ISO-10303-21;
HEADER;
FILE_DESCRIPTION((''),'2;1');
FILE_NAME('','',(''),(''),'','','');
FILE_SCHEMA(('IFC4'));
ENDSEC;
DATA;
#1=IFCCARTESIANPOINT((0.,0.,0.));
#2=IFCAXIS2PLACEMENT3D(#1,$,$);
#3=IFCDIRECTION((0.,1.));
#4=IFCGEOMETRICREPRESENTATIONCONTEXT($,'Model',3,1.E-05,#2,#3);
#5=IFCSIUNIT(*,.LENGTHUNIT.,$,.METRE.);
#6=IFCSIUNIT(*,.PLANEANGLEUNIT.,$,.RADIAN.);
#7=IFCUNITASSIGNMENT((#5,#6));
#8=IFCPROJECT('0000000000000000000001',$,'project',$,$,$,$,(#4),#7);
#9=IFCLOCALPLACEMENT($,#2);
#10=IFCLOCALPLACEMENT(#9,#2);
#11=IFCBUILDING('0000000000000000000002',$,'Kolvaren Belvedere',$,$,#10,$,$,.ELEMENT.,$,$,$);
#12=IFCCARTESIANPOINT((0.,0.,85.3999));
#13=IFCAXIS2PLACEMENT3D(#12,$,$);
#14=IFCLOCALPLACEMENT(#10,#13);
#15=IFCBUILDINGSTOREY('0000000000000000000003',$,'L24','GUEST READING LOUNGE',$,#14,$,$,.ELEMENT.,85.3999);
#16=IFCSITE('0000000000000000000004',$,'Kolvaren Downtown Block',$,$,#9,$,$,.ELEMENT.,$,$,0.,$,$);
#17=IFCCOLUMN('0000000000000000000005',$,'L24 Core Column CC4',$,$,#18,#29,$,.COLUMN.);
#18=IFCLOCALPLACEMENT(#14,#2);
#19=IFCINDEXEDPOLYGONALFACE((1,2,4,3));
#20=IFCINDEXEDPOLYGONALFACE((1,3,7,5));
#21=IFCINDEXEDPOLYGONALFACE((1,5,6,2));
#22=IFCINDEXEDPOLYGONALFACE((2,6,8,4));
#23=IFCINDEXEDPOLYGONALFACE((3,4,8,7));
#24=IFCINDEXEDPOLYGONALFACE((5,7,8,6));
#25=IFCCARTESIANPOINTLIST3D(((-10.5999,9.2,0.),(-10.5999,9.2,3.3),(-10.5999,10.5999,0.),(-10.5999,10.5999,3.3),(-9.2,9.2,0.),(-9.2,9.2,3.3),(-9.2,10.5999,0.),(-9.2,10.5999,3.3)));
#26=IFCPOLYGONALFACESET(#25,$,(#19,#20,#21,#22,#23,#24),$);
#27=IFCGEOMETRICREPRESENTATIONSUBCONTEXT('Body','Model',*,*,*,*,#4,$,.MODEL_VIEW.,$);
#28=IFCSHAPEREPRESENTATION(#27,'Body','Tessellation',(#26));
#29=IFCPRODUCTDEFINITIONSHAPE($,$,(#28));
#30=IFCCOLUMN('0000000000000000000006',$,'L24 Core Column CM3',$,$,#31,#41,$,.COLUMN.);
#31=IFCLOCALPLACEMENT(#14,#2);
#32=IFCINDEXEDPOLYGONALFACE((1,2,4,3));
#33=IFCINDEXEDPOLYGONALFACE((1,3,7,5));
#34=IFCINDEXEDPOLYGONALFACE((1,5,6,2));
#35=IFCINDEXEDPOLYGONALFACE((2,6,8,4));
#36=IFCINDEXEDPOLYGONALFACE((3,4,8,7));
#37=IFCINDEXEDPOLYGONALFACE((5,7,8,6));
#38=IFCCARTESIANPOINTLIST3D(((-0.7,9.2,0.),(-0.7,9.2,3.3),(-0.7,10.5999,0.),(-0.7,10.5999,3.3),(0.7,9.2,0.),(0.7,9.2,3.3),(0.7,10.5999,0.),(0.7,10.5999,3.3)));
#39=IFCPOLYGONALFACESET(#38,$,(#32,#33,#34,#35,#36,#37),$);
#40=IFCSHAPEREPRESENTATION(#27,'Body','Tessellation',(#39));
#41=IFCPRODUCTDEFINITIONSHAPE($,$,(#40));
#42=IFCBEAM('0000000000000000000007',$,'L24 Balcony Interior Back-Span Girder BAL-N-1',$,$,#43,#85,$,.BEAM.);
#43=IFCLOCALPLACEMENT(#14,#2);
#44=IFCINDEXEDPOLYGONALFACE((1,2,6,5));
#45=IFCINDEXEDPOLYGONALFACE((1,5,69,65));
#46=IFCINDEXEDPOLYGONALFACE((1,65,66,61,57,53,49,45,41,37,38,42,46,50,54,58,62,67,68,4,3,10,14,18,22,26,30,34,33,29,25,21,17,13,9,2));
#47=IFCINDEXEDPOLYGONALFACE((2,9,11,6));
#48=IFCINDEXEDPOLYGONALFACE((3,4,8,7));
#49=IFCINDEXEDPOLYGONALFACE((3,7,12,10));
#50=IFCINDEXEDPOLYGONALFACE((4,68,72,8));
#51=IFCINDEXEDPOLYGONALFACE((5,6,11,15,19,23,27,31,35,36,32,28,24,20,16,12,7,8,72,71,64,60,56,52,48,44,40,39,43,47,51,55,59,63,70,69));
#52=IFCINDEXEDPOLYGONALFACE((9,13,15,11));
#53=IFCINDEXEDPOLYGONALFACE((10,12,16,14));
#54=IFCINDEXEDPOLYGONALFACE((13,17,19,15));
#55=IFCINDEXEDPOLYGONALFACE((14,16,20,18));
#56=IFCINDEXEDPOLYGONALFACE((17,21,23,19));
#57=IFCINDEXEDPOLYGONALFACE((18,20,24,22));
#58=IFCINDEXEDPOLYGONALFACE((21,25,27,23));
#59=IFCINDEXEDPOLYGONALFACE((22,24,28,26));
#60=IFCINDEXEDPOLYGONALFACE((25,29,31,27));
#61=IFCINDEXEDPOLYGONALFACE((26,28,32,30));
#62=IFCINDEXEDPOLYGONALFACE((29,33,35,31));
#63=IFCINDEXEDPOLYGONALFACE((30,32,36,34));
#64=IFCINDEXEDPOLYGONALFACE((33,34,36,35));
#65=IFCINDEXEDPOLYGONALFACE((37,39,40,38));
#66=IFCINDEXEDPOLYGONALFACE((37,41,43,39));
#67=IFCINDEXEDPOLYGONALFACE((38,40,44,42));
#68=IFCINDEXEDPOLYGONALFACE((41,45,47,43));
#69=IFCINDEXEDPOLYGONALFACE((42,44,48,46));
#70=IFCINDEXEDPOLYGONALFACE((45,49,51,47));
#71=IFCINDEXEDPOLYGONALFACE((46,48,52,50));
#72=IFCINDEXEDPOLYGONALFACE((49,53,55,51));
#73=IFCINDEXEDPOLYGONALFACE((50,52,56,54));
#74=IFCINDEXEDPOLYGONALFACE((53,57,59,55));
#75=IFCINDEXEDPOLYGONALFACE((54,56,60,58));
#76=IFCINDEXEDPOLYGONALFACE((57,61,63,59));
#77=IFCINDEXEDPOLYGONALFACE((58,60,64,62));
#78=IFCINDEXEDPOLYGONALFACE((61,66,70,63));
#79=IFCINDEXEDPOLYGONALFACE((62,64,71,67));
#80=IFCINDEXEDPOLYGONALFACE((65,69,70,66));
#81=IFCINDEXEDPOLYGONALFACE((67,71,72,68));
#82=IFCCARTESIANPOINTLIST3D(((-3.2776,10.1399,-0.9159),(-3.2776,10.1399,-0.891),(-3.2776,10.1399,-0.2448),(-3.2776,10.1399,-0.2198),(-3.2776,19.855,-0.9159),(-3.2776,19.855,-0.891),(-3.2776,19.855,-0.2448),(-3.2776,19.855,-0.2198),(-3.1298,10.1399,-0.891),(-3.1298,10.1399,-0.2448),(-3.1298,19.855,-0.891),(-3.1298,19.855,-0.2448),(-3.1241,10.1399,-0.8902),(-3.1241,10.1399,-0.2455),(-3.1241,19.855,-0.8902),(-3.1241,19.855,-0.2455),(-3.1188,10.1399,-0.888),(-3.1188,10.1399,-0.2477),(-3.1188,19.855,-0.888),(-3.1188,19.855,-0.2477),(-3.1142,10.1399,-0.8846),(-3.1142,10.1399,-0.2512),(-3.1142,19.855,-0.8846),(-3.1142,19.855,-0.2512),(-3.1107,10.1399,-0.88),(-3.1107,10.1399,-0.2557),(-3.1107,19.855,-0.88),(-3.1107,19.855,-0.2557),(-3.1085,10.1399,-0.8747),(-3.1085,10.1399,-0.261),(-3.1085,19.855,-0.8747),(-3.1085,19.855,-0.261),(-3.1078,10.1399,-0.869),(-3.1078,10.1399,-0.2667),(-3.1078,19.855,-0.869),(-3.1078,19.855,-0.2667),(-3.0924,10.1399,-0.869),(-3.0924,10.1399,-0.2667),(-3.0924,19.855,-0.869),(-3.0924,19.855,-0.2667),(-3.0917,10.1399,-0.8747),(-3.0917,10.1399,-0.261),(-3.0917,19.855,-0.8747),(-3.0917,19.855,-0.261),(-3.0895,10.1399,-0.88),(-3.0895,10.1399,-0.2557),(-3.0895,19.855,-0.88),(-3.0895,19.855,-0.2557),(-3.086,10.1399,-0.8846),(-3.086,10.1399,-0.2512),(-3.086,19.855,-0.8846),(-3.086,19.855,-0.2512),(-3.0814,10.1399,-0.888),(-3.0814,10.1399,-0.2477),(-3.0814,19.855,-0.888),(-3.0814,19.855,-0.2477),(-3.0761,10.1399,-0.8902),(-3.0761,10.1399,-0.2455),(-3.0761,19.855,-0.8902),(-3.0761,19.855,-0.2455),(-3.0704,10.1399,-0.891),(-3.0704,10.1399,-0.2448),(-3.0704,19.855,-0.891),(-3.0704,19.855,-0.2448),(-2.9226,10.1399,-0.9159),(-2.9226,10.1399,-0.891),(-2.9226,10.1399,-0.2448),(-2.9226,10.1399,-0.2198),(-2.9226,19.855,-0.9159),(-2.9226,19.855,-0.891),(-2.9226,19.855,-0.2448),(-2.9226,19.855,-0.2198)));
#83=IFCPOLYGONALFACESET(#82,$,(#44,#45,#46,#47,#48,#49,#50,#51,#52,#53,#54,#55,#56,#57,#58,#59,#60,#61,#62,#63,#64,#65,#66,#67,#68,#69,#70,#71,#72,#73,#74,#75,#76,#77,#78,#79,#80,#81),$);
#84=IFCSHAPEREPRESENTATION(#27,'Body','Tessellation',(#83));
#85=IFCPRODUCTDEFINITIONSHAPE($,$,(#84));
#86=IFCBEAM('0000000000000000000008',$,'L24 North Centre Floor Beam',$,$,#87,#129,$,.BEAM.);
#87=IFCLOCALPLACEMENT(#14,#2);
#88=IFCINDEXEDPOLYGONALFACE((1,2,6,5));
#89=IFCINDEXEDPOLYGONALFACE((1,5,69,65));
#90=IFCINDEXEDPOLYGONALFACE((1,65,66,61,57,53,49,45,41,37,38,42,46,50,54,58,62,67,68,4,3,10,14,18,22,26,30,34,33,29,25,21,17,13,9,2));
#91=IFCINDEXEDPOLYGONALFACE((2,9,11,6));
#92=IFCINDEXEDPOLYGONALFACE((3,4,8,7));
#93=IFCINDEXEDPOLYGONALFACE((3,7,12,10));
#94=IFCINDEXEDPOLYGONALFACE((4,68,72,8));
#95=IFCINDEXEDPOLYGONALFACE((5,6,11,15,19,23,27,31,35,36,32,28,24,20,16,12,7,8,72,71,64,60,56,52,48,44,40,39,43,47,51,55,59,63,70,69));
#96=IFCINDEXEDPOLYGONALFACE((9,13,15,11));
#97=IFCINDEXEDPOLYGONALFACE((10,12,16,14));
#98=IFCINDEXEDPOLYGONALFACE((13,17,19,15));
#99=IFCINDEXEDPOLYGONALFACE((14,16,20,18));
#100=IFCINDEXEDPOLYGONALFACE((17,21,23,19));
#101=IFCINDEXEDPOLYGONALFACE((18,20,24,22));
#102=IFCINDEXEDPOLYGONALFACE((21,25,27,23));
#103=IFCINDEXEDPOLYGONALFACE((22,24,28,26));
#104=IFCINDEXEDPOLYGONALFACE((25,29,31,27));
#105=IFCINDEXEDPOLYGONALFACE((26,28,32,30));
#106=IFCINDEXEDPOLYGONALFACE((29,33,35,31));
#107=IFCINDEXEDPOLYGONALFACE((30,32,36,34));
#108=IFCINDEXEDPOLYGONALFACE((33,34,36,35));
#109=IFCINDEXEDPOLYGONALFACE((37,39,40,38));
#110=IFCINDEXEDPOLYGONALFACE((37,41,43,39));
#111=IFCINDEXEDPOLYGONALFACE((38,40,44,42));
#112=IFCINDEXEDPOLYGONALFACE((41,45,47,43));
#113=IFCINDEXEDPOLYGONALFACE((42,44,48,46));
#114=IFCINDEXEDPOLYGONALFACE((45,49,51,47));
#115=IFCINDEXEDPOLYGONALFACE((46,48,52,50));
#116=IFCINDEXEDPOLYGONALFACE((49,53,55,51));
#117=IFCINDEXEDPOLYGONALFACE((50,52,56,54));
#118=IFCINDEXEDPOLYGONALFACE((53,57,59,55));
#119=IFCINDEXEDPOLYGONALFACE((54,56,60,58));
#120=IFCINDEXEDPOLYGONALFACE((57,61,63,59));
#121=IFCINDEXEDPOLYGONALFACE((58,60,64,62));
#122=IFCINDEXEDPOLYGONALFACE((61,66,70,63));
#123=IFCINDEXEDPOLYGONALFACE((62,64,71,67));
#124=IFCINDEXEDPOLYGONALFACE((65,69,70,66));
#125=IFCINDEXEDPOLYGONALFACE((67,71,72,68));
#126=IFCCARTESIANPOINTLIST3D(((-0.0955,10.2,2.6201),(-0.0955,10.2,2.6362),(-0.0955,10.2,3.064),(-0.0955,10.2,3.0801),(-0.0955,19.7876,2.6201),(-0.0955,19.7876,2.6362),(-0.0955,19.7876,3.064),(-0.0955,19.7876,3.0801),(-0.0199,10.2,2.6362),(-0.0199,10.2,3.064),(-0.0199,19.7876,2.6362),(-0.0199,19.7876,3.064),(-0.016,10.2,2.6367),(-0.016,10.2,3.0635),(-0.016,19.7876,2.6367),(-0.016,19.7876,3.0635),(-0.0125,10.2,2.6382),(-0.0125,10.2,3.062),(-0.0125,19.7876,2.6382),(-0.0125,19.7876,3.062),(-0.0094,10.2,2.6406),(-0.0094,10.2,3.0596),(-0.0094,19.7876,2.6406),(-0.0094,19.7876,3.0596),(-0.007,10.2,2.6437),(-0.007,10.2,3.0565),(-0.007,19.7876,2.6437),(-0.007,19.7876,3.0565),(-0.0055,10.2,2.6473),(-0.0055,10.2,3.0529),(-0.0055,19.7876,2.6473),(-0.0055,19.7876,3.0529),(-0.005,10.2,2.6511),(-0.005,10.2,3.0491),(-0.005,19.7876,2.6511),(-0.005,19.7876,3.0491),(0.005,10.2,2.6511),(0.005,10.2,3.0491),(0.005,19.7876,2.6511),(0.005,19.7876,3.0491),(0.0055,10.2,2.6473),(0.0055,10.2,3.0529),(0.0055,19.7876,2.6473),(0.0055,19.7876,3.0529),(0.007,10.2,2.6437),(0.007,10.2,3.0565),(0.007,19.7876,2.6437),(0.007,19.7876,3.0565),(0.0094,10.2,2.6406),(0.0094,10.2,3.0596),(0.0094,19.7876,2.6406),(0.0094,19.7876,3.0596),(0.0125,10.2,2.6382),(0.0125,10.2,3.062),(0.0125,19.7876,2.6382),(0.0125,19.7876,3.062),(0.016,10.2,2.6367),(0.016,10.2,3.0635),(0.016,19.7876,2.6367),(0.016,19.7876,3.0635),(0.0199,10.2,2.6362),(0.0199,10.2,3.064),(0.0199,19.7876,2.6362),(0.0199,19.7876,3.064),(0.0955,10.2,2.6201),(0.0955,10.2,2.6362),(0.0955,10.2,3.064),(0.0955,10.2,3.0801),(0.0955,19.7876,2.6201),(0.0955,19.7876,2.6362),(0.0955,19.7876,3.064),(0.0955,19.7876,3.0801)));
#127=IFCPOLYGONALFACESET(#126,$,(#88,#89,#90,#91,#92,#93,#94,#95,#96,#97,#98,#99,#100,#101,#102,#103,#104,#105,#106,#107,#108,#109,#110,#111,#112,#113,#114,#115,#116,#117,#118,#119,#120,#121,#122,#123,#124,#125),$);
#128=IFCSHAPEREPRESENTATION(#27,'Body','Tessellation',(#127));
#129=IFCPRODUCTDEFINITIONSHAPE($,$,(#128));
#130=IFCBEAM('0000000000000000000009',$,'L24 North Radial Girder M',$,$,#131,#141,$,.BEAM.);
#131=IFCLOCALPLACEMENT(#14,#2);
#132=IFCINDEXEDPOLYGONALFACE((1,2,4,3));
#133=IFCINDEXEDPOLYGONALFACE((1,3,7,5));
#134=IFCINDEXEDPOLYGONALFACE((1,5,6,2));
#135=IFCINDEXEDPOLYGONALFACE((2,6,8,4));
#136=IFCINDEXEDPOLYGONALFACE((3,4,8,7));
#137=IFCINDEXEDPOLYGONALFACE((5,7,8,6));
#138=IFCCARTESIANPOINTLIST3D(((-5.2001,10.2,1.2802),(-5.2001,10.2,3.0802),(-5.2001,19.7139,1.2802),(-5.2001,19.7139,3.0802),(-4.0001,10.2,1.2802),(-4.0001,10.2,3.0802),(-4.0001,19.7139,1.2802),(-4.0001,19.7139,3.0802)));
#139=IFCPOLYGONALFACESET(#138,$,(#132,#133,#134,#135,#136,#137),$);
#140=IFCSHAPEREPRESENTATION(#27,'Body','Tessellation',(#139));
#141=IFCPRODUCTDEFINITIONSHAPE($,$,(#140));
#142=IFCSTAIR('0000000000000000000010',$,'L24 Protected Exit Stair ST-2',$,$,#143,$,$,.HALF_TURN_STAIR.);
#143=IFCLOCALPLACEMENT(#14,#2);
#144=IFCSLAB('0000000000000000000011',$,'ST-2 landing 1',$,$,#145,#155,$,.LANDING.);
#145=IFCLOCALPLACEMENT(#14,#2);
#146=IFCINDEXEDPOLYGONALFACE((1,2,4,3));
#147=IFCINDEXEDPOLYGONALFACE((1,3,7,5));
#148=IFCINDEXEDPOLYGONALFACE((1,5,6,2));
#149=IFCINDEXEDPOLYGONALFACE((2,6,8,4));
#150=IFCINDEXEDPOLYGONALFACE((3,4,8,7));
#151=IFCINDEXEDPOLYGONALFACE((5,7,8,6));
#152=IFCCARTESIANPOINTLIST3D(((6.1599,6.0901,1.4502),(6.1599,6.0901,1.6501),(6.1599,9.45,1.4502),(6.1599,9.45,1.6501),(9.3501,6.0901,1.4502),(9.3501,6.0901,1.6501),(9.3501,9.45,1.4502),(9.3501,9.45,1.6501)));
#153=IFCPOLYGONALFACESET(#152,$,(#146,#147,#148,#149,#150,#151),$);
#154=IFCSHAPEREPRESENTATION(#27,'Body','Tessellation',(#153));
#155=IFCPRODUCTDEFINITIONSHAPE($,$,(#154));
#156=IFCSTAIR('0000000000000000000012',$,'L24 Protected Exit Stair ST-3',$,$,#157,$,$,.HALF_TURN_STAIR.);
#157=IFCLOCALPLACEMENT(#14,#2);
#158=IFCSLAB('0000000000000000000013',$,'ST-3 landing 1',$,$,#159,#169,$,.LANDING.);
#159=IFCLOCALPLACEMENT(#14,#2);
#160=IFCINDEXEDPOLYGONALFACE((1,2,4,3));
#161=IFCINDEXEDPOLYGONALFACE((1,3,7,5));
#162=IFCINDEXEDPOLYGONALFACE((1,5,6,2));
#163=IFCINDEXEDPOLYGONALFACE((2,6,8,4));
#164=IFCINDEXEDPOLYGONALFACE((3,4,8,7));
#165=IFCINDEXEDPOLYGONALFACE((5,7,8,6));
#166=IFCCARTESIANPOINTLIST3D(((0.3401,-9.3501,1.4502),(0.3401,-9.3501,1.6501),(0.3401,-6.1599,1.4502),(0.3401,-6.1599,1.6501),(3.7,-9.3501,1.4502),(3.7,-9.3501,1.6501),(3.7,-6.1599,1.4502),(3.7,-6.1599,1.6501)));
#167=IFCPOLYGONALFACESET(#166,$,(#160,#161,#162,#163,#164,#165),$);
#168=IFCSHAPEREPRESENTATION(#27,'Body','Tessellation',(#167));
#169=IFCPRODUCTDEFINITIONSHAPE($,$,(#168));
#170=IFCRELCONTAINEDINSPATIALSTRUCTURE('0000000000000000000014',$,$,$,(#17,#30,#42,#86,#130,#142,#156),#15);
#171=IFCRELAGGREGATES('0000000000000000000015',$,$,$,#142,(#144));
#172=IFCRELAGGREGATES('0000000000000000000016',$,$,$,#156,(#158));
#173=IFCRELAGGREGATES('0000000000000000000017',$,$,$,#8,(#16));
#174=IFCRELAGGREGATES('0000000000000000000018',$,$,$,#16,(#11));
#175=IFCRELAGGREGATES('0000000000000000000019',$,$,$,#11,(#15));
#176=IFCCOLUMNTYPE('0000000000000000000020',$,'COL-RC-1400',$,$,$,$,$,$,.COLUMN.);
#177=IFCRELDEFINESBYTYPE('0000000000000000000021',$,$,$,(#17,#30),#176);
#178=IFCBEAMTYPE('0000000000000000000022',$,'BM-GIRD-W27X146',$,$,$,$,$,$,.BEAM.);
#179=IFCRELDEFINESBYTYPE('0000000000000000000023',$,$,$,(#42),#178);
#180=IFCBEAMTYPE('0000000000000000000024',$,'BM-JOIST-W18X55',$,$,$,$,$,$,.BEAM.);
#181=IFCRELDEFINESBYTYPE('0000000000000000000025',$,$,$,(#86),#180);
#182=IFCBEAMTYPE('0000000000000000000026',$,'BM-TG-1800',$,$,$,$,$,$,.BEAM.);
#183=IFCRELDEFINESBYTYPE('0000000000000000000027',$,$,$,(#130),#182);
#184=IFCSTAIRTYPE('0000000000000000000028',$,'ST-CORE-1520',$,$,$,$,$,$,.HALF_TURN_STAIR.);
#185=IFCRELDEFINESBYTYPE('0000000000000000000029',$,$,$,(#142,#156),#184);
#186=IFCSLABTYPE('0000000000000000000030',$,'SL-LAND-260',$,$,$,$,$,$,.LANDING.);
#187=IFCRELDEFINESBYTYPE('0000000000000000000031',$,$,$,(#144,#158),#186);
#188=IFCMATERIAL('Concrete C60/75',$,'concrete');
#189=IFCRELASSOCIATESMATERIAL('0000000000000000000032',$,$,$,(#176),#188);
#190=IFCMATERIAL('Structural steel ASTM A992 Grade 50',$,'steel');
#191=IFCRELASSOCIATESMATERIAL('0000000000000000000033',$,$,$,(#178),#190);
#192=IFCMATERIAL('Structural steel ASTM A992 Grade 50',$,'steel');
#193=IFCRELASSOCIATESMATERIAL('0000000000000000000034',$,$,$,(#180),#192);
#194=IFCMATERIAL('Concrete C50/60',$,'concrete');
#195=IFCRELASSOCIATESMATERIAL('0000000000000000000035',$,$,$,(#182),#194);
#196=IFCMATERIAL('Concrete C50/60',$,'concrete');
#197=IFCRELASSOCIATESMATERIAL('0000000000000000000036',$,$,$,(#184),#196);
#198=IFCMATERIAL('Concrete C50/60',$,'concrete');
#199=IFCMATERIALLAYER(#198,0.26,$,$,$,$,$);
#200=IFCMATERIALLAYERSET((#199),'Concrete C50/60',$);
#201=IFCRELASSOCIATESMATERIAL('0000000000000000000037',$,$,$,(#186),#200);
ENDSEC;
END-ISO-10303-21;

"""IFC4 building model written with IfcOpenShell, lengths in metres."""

from ifc_helpers import new_model, si_unit, direction, frame, origin, origin_2d, place, context, subcontext, project, spatial, polyline, rectangle, i_section, outline, extrude, material, layer, layer_set, material_profile, profile_set, type_object, element, aggregate, save


model = new_model("IFC4")

# Units and contexts
model_context = context("Model", 3, precision=1e-05, world=origin(), true_north=direction((0.0, 1.0)))
body_context = subcontext(model_context, "Body", "Model", "MODEL_VIEW")
ifc_project = project(units=[si_unit("LENGTHUNIT", "METRE"), si_unit("PLANEANGLEUNIT", "RADIAN")], contexts=[model_context])

# Site, building, storey
site_placement = place(None, origin())
site = spatial("IfcSite", under=ifc_project, at=site_placement, Name="Kolvaren Downtown Block", CompositionType="ELEMENT", RefElevation=0.0)
building_placement = place(site_placement, origin())
building = spatial("IfcBuilding", under=site, at=building_placement, Name="Kolvaren Belvedere", CompositionType="ELEMENT")
storey_placement = place(building_placement, frame((0.0, 0.0, 85.3999)))
storey = spatial("IfcBuildingStorey", under=building, at=storey_placement, Name="L24", Description="GUEST READING LOUNGE", CompositionType="ELEMENT", Elevation=85.3999)

# Columns
ifc_material_1 = material(Name="Concrete C60/75", Category="concrete")
ifc_material_profile_1 = material_profile(ifc_material_1, rectangle(XDim=1.3999, YDim=1.3999, at=origin_2d()), Name="RC 1400X1400")
ifc_profile_set_1 = profile_set([ifc_material_profile_1], Name="Concrete C60/75")
column_type = type_object("IfcColumnType", Name="COL-RC-1400", PredefinedType="COLUMN", material=ifc_profile_set_1)
for number, where, z_axis, x_axis, name in (
    (1, (-9.8999, 9.8999, 0.0), (0.0, 0.0, 1.0), (1.0, 0.0, 0.0), "L24 Core Column CC4"),
    (2, (0.0, 9.8999, 0.0), (0.0, 0.0, 1.0), (1.0, 0.0, 0.0), "L24 Core Column CM3"),
):
    element("IfcColumn", number, at=place(storey_placement, frame(where, z_axis=z_axis, x_axis=x_axis)), inside=storey, type_object=column_type, Name=name, PredefinedType="COLUMN", context=body_context, shape_type="SweptSolid", body=[
        extrude(rectangle(XDim=1.3999, YDim=1.3999, at=origin_2d()), origin(), (0.0, 0.0, 1.0), 3.3),
    ])

# Beams
ifc_material_2 = material(Name="Structural steel ASTM A992 Grade 50", Category="steel")
ifc_material_profile_2 = material_profile(ifc_material_2, i_section(OverallWidth=0.355, OverallDepth=0.696, WebThickness=0.0154, FlangeThickness=0.0249, FilletRadius=0.022, at=origin_2d()), Name="W27X146")
ifc_profile_set_2 = profile_set([ifc_material_profile_2], Name="Structural steel ASTM A992 Grade 50")
beam_type_1 = type_object("IfcBeamType", Name="BM-GIRD-W27X146", PredefinedType="BEAM", material=ifc_profile_set_2)
beam_1_placement = place(storey_placement, frame((-3.1001, 10.1399, -0.5679), z_axis=(0.0, 1.0, 0.0), x_axis=(-1.0, 0.0, 0.0)))
element("IfcBeam", 3, at=beam_1_placement, inside=storey, type_object=beam_type_1, Name="L24 Balcony Interior Back-Span Girder BAL-N-1", PredefinedType="BEAM", context=body_context, shape_type="SweptSolid", body=[
    extrude(i_section(OverallWidth=0.355, OverallDepth=0.696, WebThickness=0.0154, FlangeThickness=0.0249, FilletRadius=0.022, at=origin_2d()), origin(), (0.0, 0.0, 1.0), 9.7151),
])
ifc_material_3 = material(Name="Structural steel ASTM A992 Grade 50", Category="steel")
ifc_material_profile_3 = material_profile(ifc_material_3, i_section(OverallWidth=0.1909, OverallDepth=0.46, WebThickness=0.01, FlangeThickness=0.0161, FilletRadius=0.0149, at=origin_2d()), Name="W18X55")
ifc_profile_set_3 = profile_set([ifc_material_profile_3], Name="Structural steel ASTM A992 Grade 50")
beam_type_2 = type_object("IfcBeamType", Name="BM-JOIST-W18X55", PredefinedType="BEAM", material=ifc_profile_set_3)
beam_2_placement = place(storey_placement, frame((0.0, 10.2, 2.8501), z_axis=(0.0, 1.0, 0.0), x_axis=(-1.0, 0.0, 0.0)))
element("IfcBeam", 4, at=beam_2_placement, inside=storey, type_object=beam_type_2, Name="L24 North Centre Floor Beam", PredefinedType="BEAM", context=body_context, shape_type="SweptSolid", body=[
    extrude(i_section(OverallWidth=0.1909, OverallDepth=0.46, WebThickness=0.01, FlangeThickness=0.0161, FilletRadius=0.0149, at=origin_2d()), origin(), (0.0, 0.0, 1.0), 9.5876),
])
ifc_material_4 = material(Name="Concrete C50/60", Category="concrete")
ifc_material_profile_4 = material_profile(ifc_material_4, rectangle(XDim=1.2, YDim=1.8, at=origin_2d()), Name="RC 1200X1800")
ifc_profile_set_4 = profile_set([ifc_material_profile_4], Name="Concrete C50/60")
beam_type_3 = type_object("IfcBeamType", Name="BM-TG-1800", PredefinedType="BEAM", material=ifc_profile_set_4)
beam_3_placement = place(storey_placement, frame((-4.6001, 10.2, 2.1802), z_axis=(0.0, 1.0, 0.0), x_axis=(-1.0, 0.0, 0.0)))
element("IfcBeam", 5, at=beam_3_placement, inside=storey, type_object=beam_type_3, Name="L24 North Radial Girder M", PredefinedType="BEAM", context=body_context, shape_type="SweptSolid", body=[
    extrude(rectangle(XDim=1.2, YDim=1.8, at=origin_2d()), origin(), (0.0, 0.0, 1.0), 9.5139),
])

# Stairs, slabs
ifc_material_5 = material(Name="Concrete C50/60", Category="concrete")
stair_type = type_object("IfcStairType", Name="ST-CORE-1520", PredefinedType="HALF_TURN_STAIR", material=ifc_material_5)
stair_1_placement = place(storey_placement, origin())
stair_1 = element("IfcStair", 6, at=stair_1_placement, inside=storey, type_object=stair_type, Name="L24 Protected Exit Stair ST-2", PredefinedType="HALF_TURN_STAIR")
ifc_material_6 = material(Name="Concrete C50/60", Category="concrete")
ifc_layer_1 = layer(ifc_material_6, 0.26)
ifc_layer_set_1 = layer_set([ifc_layer_1], Name="Concrete C50/60")
slab_type = type_object("IfcSlabType", Name="SL-LAND-260", PredefinedType="LANDING", material=ifc_layer_set_1)
slab_1_placement = place(storey_placement, frame((0.0, 0.0, 1.4502)))
slab_1 = element("IfcSlab", 7, at=slab_1_placement, type_object=slab_type, Name="ST-2 landing 1", PredefinedType="LANDING", context=body_context, shape_type="SweptSolid", body=[
    extrude(outline(polyline([(9.3501, 6.0901), (9.3501, 9.45), (6.1599, 9.45), (6.1599, 6.0901), (9.3501, 6.0901)])), origin(), (0.0, 0.0, 1.0), 0.2),
])
aggregate(stair_1, [slab_1])
stair_2_placement = place(storey_placement, origin())
stair_2 = element("IfcStair", 8, at=stair_2_placement, inside=storey, type_object=stair_type, Name="L24 Protected Exit Stair ST-3", PredefinedType="HALF_TURN_STAIR")
slab_2_placement = place(storey_placement, frame((0.0, 0.0, 1.4502)))
slab_2 = element("IfcSlab", 9, at=slab_2_placement, type_object=slab_type, Name="ST-3 landing 1", PredefinedType="LANDING", context=body_context, shape_type="SweptSolid", body=[
    extrude(outline(polyline([(0.3401, -9.3501), (3.7, -9.3501), (3.7, -6.1599), (0.3401, -6.1599), (0.3401, -9.3501)])), origin(), (0.0, 0.0, 1.0), 0.2),
])
aggregate(stair_2, [slab_2])

save(model, "model.ifc")
